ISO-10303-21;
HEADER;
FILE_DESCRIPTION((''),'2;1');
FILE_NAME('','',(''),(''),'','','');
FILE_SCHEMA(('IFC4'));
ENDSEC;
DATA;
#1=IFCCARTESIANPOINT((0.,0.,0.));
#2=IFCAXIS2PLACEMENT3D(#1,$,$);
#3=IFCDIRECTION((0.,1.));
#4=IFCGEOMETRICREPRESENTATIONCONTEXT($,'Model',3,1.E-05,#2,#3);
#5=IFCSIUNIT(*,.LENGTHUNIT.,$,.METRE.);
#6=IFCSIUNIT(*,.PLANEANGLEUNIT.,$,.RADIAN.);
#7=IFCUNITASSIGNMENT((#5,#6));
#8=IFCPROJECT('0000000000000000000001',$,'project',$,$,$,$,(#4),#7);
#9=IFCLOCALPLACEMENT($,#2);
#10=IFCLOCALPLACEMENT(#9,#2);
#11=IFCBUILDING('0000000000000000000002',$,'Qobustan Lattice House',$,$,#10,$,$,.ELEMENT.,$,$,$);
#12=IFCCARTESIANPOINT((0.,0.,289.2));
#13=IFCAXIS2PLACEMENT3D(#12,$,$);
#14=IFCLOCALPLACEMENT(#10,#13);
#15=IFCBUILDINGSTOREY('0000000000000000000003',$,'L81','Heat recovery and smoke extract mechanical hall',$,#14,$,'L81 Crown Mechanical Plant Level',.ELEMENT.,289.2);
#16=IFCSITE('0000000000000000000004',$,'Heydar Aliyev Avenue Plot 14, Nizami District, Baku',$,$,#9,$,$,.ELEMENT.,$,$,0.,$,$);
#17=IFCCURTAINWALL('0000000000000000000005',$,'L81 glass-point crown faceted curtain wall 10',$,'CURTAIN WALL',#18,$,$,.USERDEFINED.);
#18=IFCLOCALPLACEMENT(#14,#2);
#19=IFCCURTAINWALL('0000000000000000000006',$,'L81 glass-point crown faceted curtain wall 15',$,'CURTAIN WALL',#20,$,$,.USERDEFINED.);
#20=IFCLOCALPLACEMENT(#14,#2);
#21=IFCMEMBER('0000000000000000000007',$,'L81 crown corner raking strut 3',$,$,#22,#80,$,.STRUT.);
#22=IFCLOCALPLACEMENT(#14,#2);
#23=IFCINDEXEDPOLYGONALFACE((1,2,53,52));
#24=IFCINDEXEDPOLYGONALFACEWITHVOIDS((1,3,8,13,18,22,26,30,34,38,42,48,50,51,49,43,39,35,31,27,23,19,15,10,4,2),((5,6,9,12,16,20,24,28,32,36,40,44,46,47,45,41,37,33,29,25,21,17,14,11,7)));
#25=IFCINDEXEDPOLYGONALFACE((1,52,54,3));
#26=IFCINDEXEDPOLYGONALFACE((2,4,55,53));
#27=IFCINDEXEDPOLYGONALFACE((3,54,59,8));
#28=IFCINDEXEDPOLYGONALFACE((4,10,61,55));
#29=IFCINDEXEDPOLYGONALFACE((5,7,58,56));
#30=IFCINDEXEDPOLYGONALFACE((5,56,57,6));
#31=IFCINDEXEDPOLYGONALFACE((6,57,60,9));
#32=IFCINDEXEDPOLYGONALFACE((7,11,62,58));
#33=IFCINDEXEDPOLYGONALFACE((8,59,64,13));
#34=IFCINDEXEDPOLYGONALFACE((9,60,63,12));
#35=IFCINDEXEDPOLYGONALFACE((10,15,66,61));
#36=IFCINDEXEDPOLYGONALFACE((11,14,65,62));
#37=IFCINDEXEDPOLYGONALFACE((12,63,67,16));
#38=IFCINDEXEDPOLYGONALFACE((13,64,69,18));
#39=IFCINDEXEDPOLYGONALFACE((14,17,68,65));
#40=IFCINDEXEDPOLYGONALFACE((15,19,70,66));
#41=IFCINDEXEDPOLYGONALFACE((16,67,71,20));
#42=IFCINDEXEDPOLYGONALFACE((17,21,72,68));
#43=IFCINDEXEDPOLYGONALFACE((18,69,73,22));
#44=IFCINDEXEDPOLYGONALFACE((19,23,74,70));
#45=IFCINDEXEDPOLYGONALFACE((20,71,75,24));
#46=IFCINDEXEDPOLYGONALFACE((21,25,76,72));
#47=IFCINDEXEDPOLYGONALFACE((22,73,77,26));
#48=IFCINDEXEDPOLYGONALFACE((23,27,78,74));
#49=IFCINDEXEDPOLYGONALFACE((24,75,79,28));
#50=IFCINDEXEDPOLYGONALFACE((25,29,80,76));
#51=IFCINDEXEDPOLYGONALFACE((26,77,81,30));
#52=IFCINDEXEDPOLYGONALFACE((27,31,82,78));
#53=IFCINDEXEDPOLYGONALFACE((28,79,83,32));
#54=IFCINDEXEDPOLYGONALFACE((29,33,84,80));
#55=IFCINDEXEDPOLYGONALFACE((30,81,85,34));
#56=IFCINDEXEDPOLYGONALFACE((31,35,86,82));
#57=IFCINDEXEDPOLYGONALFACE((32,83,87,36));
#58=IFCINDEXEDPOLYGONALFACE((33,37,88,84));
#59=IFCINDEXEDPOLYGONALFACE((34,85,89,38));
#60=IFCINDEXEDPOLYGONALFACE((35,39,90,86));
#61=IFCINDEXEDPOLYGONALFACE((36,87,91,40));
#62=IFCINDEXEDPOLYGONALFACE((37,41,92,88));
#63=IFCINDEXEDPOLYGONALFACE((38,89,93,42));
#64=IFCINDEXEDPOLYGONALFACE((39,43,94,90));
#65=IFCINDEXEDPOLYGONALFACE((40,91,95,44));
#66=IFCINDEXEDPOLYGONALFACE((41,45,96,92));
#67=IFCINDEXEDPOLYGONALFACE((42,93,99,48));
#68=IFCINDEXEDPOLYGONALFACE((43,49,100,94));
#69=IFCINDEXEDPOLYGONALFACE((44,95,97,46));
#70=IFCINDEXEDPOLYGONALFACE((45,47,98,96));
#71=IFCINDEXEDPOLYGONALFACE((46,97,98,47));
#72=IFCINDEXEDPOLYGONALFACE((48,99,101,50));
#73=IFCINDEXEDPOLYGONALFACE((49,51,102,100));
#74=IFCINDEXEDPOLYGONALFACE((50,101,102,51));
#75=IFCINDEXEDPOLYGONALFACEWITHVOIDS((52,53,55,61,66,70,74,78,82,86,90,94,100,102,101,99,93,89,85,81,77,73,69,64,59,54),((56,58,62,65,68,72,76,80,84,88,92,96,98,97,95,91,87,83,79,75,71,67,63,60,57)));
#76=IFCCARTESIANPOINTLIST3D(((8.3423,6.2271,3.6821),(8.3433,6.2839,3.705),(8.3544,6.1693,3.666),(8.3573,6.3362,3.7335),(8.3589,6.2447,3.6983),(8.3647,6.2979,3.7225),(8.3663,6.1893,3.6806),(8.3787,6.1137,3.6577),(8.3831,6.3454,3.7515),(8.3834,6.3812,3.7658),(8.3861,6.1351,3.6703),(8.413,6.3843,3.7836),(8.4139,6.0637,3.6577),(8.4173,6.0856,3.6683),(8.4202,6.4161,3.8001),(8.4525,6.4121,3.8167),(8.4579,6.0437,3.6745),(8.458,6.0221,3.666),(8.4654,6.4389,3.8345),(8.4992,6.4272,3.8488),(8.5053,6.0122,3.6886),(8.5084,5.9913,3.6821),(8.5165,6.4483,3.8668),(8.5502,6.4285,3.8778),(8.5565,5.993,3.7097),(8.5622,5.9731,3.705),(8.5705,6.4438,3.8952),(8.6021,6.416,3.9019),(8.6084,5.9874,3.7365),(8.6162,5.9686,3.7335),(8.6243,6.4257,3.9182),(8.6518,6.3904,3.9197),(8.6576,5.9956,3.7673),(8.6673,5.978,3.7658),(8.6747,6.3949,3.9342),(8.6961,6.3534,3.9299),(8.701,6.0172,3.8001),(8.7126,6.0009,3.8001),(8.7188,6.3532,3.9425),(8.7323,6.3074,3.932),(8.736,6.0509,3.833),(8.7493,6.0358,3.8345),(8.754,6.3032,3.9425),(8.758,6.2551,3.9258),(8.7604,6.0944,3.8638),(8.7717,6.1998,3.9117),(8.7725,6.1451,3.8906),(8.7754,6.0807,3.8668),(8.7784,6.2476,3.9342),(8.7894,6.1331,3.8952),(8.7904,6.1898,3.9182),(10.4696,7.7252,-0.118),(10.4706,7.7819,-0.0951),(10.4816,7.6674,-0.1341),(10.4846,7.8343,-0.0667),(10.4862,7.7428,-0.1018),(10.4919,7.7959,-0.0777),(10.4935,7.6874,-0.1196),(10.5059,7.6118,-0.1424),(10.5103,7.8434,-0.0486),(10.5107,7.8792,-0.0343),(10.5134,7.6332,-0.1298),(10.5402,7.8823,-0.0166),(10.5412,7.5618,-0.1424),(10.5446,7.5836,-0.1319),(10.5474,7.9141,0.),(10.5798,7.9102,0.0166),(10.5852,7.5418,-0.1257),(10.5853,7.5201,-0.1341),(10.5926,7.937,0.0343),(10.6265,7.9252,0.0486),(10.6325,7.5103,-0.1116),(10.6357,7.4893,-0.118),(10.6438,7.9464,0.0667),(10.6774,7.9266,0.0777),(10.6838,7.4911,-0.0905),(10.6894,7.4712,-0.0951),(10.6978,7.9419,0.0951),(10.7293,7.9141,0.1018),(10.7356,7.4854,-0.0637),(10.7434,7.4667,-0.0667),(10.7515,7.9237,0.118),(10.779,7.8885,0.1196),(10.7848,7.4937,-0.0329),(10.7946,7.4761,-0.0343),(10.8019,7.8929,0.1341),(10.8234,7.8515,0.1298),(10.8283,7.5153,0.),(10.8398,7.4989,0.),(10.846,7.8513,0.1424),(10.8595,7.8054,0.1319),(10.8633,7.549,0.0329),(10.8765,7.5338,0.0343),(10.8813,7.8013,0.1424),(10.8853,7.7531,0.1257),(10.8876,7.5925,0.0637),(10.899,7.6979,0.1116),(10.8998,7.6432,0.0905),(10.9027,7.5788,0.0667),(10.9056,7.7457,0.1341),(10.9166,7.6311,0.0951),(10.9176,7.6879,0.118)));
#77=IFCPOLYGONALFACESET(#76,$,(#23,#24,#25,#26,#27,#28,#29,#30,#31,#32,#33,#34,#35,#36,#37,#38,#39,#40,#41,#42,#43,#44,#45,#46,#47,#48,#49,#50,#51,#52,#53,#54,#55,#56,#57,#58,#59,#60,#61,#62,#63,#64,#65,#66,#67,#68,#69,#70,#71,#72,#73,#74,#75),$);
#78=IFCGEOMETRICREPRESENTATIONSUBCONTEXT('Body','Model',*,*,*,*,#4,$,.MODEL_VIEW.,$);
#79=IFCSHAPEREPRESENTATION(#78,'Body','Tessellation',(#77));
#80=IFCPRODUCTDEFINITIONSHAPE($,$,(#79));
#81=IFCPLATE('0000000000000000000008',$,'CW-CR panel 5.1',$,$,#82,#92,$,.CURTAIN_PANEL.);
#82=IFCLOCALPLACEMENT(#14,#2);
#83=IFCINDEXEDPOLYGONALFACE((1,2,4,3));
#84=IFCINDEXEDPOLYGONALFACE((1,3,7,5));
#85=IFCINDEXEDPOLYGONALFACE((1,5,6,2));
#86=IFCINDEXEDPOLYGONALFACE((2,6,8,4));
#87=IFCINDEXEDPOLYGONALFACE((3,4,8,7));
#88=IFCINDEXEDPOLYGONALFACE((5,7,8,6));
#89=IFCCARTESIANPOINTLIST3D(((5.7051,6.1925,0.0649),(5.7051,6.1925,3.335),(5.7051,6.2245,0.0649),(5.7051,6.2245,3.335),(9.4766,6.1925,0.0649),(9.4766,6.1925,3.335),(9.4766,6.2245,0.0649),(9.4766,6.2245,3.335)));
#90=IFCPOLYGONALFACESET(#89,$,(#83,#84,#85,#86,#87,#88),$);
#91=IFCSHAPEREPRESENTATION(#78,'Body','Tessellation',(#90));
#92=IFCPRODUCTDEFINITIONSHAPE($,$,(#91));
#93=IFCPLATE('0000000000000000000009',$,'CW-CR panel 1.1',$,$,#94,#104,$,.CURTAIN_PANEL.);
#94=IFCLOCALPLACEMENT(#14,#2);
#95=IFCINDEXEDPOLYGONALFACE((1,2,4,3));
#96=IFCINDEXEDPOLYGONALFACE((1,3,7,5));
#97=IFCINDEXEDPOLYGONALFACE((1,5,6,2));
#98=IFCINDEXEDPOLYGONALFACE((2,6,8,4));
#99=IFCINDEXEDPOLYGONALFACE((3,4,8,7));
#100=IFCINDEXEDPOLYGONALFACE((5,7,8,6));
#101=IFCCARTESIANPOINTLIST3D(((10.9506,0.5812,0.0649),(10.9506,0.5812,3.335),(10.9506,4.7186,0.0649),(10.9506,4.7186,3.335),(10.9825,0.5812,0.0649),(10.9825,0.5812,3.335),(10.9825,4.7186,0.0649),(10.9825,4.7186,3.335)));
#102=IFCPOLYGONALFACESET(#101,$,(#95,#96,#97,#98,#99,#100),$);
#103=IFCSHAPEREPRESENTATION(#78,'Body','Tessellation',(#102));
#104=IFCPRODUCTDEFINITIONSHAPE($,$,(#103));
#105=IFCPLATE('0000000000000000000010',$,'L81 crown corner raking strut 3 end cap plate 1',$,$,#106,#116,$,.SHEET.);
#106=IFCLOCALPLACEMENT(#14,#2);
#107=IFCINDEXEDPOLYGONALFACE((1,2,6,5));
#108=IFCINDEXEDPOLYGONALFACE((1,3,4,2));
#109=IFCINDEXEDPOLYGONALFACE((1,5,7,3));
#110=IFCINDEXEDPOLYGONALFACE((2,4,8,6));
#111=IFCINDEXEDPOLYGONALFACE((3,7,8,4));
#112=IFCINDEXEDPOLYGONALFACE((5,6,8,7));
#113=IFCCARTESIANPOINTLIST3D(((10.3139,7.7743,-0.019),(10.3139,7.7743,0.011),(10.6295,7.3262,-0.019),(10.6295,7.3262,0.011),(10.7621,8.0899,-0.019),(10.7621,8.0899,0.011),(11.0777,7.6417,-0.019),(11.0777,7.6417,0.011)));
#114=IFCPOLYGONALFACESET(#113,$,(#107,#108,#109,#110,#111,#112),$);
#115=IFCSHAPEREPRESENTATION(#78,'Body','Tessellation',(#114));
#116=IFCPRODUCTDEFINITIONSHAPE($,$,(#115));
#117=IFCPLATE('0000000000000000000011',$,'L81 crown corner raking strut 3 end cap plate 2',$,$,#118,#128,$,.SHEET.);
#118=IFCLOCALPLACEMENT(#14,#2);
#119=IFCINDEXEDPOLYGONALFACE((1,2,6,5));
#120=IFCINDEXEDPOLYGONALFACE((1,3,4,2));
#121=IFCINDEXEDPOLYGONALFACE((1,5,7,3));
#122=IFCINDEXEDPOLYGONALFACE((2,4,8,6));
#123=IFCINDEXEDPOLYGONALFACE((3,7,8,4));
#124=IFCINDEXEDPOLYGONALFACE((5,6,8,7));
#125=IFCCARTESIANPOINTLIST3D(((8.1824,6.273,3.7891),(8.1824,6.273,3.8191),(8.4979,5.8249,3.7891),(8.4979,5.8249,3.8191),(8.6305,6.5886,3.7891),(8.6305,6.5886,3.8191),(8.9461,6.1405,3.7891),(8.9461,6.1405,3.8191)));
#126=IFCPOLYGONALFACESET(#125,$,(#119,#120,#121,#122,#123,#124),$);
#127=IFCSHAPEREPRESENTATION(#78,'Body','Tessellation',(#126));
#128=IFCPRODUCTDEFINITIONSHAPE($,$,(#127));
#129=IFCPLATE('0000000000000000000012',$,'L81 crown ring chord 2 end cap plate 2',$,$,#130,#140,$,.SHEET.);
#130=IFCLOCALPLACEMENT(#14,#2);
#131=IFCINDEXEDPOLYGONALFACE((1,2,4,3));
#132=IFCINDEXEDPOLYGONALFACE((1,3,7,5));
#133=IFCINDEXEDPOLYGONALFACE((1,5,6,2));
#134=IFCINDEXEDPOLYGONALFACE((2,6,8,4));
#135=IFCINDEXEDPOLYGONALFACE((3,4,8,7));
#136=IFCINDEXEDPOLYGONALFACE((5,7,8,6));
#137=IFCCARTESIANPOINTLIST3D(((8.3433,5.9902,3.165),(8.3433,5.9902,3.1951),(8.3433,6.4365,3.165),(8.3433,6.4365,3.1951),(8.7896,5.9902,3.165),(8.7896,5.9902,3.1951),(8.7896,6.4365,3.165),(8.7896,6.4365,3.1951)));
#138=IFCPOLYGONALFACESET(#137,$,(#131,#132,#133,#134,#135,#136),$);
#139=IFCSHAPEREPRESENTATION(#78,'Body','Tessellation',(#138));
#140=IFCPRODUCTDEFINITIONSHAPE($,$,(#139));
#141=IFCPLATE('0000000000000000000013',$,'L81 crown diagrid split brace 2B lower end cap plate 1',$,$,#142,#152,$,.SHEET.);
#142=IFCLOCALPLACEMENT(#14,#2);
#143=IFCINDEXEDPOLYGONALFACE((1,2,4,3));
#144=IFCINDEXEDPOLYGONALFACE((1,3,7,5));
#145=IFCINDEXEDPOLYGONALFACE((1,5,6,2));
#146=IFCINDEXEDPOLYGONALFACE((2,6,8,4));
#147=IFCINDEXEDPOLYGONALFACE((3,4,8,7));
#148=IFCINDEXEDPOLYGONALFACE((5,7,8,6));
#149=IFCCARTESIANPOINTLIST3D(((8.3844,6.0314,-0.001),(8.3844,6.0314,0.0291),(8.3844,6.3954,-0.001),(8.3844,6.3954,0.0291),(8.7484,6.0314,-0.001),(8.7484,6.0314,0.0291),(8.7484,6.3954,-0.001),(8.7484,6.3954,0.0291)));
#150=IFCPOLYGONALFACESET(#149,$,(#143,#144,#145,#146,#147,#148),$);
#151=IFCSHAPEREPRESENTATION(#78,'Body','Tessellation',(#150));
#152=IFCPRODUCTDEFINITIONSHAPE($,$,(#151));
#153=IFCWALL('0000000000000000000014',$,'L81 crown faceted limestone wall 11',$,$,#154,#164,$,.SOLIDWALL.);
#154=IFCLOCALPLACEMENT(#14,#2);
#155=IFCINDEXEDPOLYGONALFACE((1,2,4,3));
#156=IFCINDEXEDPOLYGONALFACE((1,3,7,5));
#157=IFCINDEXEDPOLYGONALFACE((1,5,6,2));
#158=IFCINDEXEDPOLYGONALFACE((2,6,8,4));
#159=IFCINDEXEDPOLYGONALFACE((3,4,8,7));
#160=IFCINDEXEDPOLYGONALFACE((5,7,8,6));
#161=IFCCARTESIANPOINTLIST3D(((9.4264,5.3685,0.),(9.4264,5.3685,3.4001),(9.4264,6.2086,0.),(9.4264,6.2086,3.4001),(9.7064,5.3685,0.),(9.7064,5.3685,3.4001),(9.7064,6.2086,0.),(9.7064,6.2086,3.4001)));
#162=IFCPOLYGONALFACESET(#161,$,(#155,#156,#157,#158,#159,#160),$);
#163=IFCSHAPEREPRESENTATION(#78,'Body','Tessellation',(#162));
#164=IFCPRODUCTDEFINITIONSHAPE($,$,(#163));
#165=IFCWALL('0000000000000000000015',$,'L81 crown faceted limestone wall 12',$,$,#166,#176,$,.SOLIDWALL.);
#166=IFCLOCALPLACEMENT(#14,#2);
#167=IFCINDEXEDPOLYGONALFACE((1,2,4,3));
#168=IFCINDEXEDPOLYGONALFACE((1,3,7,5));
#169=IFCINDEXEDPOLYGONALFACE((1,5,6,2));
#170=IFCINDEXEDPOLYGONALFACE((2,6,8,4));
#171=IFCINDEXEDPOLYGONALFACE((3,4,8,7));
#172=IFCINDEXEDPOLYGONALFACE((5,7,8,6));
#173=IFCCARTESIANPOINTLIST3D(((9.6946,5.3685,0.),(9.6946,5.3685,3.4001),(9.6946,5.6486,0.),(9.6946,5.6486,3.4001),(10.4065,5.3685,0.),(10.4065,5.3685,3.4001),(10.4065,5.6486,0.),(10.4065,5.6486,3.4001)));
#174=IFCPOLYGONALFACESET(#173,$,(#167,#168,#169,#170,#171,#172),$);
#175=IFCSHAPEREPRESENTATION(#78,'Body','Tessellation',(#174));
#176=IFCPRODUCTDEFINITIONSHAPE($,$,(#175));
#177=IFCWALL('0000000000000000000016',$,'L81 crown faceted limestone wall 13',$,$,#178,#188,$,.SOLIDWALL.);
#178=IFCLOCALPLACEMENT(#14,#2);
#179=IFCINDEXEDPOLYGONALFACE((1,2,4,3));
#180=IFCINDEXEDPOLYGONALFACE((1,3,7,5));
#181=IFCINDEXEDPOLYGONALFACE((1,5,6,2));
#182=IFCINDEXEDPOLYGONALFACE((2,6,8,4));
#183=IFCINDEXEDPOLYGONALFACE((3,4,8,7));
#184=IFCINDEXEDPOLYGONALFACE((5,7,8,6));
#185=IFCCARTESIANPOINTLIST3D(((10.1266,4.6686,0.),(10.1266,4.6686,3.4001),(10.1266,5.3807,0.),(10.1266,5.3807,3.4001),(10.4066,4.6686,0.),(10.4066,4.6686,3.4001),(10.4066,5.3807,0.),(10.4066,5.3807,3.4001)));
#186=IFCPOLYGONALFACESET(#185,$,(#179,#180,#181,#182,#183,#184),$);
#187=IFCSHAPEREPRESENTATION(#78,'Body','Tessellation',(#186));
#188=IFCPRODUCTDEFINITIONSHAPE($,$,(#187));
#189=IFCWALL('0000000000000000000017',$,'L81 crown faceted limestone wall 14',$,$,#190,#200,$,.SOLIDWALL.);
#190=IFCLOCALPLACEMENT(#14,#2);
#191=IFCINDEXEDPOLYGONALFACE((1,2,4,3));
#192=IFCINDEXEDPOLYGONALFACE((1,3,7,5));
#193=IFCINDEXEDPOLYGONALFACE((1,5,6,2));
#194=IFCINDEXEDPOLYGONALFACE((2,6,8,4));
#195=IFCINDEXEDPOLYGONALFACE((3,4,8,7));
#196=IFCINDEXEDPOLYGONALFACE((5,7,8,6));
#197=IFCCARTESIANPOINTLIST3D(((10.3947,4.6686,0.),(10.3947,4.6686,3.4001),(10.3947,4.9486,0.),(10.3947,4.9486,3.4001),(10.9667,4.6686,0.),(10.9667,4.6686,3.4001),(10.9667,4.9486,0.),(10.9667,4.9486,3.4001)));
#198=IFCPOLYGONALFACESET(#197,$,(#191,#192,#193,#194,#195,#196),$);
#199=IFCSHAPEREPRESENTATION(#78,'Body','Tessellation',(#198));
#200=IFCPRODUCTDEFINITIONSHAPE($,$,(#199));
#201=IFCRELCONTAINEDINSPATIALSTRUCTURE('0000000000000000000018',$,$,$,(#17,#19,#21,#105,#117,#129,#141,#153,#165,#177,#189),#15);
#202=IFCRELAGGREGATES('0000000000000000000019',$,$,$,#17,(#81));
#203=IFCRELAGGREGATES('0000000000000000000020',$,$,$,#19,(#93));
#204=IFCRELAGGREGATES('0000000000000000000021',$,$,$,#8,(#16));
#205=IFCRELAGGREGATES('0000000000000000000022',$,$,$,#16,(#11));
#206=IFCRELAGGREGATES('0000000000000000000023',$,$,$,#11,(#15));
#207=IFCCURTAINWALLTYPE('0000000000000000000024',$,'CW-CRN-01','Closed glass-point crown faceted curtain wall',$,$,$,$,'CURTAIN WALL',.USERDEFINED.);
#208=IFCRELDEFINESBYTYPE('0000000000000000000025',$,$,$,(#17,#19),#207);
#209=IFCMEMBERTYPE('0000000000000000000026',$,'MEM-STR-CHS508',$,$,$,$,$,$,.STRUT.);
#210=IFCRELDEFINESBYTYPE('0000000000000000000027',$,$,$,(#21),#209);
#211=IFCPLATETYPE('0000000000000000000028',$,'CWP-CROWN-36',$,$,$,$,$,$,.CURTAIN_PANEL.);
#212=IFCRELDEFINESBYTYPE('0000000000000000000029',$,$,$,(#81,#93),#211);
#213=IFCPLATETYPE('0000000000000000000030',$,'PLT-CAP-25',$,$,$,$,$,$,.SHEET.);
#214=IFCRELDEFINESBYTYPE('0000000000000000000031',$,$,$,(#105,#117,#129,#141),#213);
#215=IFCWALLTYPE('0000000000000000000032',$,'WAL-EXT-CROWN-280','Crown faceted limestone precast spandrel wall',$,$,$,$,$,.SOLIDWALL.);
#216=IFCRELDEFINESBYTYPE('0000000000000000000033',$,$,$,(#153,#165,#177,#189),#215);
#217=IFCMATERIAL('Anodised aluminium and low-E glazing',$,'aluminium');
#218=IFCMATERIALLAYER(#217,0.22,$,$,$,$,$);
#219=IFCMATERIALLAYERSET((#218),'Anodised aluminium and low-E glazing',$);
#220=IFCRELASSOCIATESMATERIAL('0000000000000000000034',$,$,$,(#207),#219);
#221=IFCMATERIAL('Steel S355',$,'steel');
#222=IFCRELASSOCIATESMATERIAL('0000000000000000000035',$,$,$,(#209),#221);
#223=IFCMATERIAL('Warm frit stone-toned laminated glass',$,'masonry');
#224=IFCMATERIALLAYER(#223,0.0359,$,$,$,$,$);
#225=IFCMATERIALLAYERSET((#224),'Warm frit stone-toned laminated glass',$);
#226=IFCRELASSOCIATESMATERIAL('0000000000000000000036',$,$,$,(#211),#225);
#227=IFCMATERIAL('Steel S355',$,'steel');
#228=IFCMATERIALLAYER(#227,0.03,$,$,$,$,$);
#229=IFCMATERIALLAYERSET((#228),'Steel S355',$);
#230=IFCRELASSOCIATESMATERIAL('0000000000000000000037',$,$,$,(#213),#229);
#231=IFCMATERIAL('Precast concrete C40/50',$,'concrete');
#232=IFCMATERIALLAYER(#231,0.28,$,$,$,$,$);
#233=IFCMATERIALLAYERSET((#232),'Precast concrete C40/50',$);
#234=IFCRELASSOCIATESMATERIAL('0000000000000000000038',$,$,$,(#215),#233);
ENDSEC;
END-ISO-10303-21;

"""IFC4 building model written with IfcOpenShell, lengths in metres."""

from ifc_helpers import new_model, si_unit, direction, frame, frame_2d, origin, origin_2d, place, context, subcontext, project, spatial, rectangle, hollow_circle, extrude, material, layer, layer_set, material_profile, profile_set, type_object, element, aggregate, save


model = new_model("IFC4")

# Units and contexts
model_context = context("Model", 3, precision=1e-05, world=origin(), true_north=direction((0.0, 1.0)))
body_context = subcontext(model_context, "Body", "Model", "MODEL_VIEW")
ifc_project = project(units=[si_unit("LENGTHUNIT", "METRE"), si_unit("PLANEANGLEUNIT", "RADIAN")], contexts=[model_context])

# Site, building, storey
site_placement = place(None, origin())
site = spatial("IfcSite", under=ifc_project, at=site_placement, Name="Heydar Aliyev Avenue Plot 14, Nizami District, Baku", CompositionType="ELEMENT", RefElevation=0.0)
building_placement = place(site_placement, origin())
building = spatial("IfcBuilding", under=site, at=building_placement, Name="Qobustan Lattice House", CompositionType="ELEMENT")
storey_placement = place(building_placement, frame((0.0, 0.0, 289.2)))
storey = spatial("IfcBuildingStorey", under=building, at=storey_placement, Name="L81", Description="Heat recovery and smoke extract mechanical hall", LongName="L81 Crown Mechanical Plant Level", CompositionType="ELEMENT", Elevation=289.2)

# Curtain wall
ifc_material_1 = material(Name="Anodised aluminium and low-E glazing", Category="aluminium")
ifc_layer_1 = layer(ifc_material_1, 0.22)
ifc_layer_set_1 = layer_set([ifc_layer_1], Name="Anodised aluminium and low-E glazing")
curtain_wall_type = type_object("IfcCurtainWallType", Name="CW-CRN-01", Description="Closed glass-point crown faceted curtain wall", ElementType="CURTAIN WALL", PredefinedType="USERDEFINED", material=ifc_layer_set_1)
curtain_wall_1_placement = place(storey_placement, origin())
curtain_wall_1 = element("IfcCurtainWall", 1, at=curtain_wall_1_placement, inside=storey, type_object=curtain_wall_type, Name="L81 glass-point crown faceted curtain wall 10", ObjectType="CURTAIN WALL", PredefinedType="USERDEFINED")

# Curtain wall
curtain_wall_2_placement = place(storey_placement, origin())
curtain_wall_2 = element("IfcCurtainWall", 2, at=curtain_wall_2_placement, inside=storey, type_object=curtain_wall_type, Name="L81 glass-point crown faceted curtain wall 15", ObjectType="CURTAIN WALL", PredefinedType="USERDEFINED")

# Member
ifc_material_2 = material(Name="Steel S355", Category="steel")
ifc_material_profile_1 = material_profile(ifc_material_2, hollow_circle(Radius=0.2539, WallThickness=0.02, at=origin_2d()), Name="CHS508x20")
ifc_profile_set_1 = profile_set([ifc_material_profile_1], Name="Steel S355")
member_type_1 = type_object("IfcMemberType", Name="MEM-STR-CHS508", PredefinedType="STRUT", material=ifc_profile_set_1)
member_1_placement = place(storey_placement, frame((10.6936, 7.7065, 0.0), z_axis=(-0.461894, -0.325282, 0.825133), x_axis=(0.575784, -0.817602, 0.0)))
element("IfcMember", 3, at=member_1_placement, inside=storey, type_object=member_type_1, Name="L81 crown corner raking strut 3", PredefinedType="STRUT", context=body_context, shape_type="SweptSolid", body=[
    extrude(hollow_circle(Radius=0.2539, WallThickness=0.02, at=origin_2d()), origin(), (0.0, 0.0, 1.0), 4.6055),
])

# Plates
ifc_material_3 = material(Name="Warm frit stone-toned laminated glass", Category="masonry")
ifc_layer_2 = layer(ifc_material_3, 0.0359)
ifc_layer_set_2 = layer_set([ifc_layer_2], Name="Warm frit stone-toned laminated glass")
plate_type_1 = type_object("IfcPlateType", Name="CWP-CROWN-36", PredefinedType="CURTAIN_PANEL", material=ifc_layer_set_2)
plate_1_placement = place(storey_placement, frame((7.5908, 6.2085, 0.0649), z_axis=(0.0, 0.0, 1.0), x_axis=(1.0, 0.0, 0.0)))
plate_1 = element("IfcPlate", 4, at=plate_1_placement, type_object=plate_type_1, Name="CW-CR panel 5.1", PredefinedType="CURTAIN_PANEL", context=body_context, shape_type="SweptSolid", body=[
    extrude(rectangle(XDim=3.7715, YDim=0.032, at=origin_2d()), origin(), (0.0, 0.0, 1.0), 3.27),
])
aggregate(curtain_wall_1, [plate_1])
plate_2_placement = place(storey_placement, frame((10.9666, 2.6499, 0.0649), z_axis=(0.0, 0.0, 1.0), x_axis=(0.0, -1.0, 0.0)))
plate_2 = element("IfcPlate", 5, at=plate_2_placement, type_object=plate_type_1, Name="CW-CR panel 1.1", PredefinedType="CURTAIN_PANEL", context=body_context, shape_type="SweptSolid", body=[
    extrude(rectangle(XDim=4.1375, YDim=0.032, at=origin_2d()), origin(), (0.0, 0.0, 1.0), 3.27),
])
aggregate(curtain_wall_2, [plate_2])

# Plates
ifc_material_4 = material(Name="Steel S355", Category="steel")
ifc_layer_3 = layer(ifc_material_4, 0.03)
ifc_layer_set_3 = layer_set([ifc_layer_3], Name="Steel S355")
plate_type_2 = type_object("IfcPlateType", Name="PLT-CAP-25", PredefinedType="SHEET", material=ifc_layer_set_3)
for number, where, z_axis, x_axis, name in (
    (6, (10.6958, 7.708, -0.019), (0.0, 0.0, 1.0), (-0.817587, -0.575805, 0.0), "L81 crown corner raking strut 3 end cap plate 1"),
    (7, (8.5642, 6.2068, 3.7891), (0.0, 0.0, 1.0), (-0.817587, -0.575805, 0.0), "L81 crown corner raking strut 3 end cap plate 2"),
):
    element("IfcPlate", number, at=place(storey_placement, frame(where, z_axis=z_axis, x_axis=x_axis)), inside=storey, type_object=plate_type_2, Name=name, PredefinedType="SHEET", context=body_context, shape_type="SweptSolid", body=[
        extrude(rectangle(XDim=0.5481, YDim=0.5481, at=origin_2d()), origin(), (0.0, 0.0, 1.0), 0.03),
    ])
plate_3_placement = place(storey_placement, frame((8.5664, 6.2134, 3.165), z_axis=(0.0, 0.0, 1.0), x_axis=(0.0, 1.0, 0.0)))
element("IfcPlate", 8, at=plate_3_placement, inside=storey, type_object=plate_type_2, Name="L81 crown ring chord 2 end cap plate 2", PredefinedType="SHEET", context=body_context, shape_type="SweptSolid", body=[
    extrude(rectangle(XDim=0.4463, YDim=0.4463, at=origin_2d()), origin(), (0.0, 0.0, 1.0), 0.03),
])
plate_4_placement = place(storey_placement, frame((8.5664, 6.2134, -0.001), z_axis=(0.0, 0.0, 1.0), x_axis=(0.0, -1.0, 0.0)))
element("IfcPlate", 9, at=plate_4_placement, inside=storey, type_object=plate_type_2, Name="L81 crown diagrid split brace 2B lower end cap plate 1", PredefinedType="SHEET", context=body_context, shape_type="SweptSolid", body=[
    extrude(rectangle(XDim=0.364, YDim=0.364, at=origin_2d()), origin(), (0.0, 0.0, 1.0), 0.03),
])

# Walls
ifc_material_5 = material(Name="Precast concrete C40/50", Category="concrete")
ifc_layer_4 = layer(ifc_material_5, 0.28)
ifc_layer_set_4 = layer_set([ifc_layer_4], Name="Precast concrete C40/50")
wall_type = type_object("IfcWallType", Name="WAL-EXT-CROWN-280", Description="Crown faceted limestone precast spandrel wall", PredefinedType="SOLIDWALL", material=ifc_layer_set_4)
wall_1_placement = place(storey_placement, frame((9.5664, 6.2085, 0.0), z_axis=(0.0, 0.0, 1.0), x_axis=(0.0, -1.0, 0.0)))
element("IfcWall", 10, at=wall_1_placement, inside=storey, type_object=wall_type, Name="L81 crown faceted limestone wall 11", PredefinedType="SOLIDWALL", context=body_context, shape_type="SweptSolid", body=[
    extrude(rectangle(XDim=0.8401, YDim=0.28, at=frame_2d((0.4199, 0.0))), origin(), (0.0, 0.0, 1.0), 3.4001),
])
wall_2_placement = place(storey_placement, frame((9.6946, 5.5085, 0.0), z_axis=(0.0, 0.0, 1.0), x_axis=(1.0, 0.0, 0.0)))
element("IfcWall", 11, at=wall_2_placement, inside=storey, type_object=wall_type, Name="L81 crown faceted limestone wall 12", PredefinedType="SOLIDWALL", context=body_context, shape_type="SweptSolid", body=[
    extrude(rectangle(XDim=0.7119, YDim=0.28, at=frame_2d((0.356, 0.0))), origin(), (0.0, 0.0, 1.0), 3.4001),
])
wall_3_placement = place(storey_placement, frame((10.2666, 5.3806, 0.0), z_axis=(0.0, 0.0, 1.0), x_axis=(0.0, -1.0, 0.0)))
element("IfcWall", 12, at=wall_3_placement, inside=storey, type_object=wall_type, Name="L81 crown faceted limestone wall 13", PredefinedType="SOLIDWALL", context=body_context, shape_type="SweptSolid", body=[
    extrude(rectangle(XDim=0.7122, YDim=0.28, at=frame_2d((0.356, 0.0))), origin(), (0.0, 0.0, 1.0), 3.4001),
])
wall_4_placement = place(storey_placement, frame((10.3945, 4.8086, 0.0), z_axis=(0.0, 0.0, 1.0), x_axis=(1.0, 0.0, 0.0)))
element("IfcWall", 13, at=wall_4_placement, inside=storey, type_object=wall_type, Name="L81 crown faceted limestone wall 14", PredefinedType="SOLIDWALL", context=body_context, shape_type="SweptSolid", body=[
    extrude(rectangle(XDim=0.572, YDim=0.28, at=frame_2d((0.2861, 0.0))), origin(), (0.0, 0.0, 1.0), 3.4001),
])

save(model, "model.ifc")
